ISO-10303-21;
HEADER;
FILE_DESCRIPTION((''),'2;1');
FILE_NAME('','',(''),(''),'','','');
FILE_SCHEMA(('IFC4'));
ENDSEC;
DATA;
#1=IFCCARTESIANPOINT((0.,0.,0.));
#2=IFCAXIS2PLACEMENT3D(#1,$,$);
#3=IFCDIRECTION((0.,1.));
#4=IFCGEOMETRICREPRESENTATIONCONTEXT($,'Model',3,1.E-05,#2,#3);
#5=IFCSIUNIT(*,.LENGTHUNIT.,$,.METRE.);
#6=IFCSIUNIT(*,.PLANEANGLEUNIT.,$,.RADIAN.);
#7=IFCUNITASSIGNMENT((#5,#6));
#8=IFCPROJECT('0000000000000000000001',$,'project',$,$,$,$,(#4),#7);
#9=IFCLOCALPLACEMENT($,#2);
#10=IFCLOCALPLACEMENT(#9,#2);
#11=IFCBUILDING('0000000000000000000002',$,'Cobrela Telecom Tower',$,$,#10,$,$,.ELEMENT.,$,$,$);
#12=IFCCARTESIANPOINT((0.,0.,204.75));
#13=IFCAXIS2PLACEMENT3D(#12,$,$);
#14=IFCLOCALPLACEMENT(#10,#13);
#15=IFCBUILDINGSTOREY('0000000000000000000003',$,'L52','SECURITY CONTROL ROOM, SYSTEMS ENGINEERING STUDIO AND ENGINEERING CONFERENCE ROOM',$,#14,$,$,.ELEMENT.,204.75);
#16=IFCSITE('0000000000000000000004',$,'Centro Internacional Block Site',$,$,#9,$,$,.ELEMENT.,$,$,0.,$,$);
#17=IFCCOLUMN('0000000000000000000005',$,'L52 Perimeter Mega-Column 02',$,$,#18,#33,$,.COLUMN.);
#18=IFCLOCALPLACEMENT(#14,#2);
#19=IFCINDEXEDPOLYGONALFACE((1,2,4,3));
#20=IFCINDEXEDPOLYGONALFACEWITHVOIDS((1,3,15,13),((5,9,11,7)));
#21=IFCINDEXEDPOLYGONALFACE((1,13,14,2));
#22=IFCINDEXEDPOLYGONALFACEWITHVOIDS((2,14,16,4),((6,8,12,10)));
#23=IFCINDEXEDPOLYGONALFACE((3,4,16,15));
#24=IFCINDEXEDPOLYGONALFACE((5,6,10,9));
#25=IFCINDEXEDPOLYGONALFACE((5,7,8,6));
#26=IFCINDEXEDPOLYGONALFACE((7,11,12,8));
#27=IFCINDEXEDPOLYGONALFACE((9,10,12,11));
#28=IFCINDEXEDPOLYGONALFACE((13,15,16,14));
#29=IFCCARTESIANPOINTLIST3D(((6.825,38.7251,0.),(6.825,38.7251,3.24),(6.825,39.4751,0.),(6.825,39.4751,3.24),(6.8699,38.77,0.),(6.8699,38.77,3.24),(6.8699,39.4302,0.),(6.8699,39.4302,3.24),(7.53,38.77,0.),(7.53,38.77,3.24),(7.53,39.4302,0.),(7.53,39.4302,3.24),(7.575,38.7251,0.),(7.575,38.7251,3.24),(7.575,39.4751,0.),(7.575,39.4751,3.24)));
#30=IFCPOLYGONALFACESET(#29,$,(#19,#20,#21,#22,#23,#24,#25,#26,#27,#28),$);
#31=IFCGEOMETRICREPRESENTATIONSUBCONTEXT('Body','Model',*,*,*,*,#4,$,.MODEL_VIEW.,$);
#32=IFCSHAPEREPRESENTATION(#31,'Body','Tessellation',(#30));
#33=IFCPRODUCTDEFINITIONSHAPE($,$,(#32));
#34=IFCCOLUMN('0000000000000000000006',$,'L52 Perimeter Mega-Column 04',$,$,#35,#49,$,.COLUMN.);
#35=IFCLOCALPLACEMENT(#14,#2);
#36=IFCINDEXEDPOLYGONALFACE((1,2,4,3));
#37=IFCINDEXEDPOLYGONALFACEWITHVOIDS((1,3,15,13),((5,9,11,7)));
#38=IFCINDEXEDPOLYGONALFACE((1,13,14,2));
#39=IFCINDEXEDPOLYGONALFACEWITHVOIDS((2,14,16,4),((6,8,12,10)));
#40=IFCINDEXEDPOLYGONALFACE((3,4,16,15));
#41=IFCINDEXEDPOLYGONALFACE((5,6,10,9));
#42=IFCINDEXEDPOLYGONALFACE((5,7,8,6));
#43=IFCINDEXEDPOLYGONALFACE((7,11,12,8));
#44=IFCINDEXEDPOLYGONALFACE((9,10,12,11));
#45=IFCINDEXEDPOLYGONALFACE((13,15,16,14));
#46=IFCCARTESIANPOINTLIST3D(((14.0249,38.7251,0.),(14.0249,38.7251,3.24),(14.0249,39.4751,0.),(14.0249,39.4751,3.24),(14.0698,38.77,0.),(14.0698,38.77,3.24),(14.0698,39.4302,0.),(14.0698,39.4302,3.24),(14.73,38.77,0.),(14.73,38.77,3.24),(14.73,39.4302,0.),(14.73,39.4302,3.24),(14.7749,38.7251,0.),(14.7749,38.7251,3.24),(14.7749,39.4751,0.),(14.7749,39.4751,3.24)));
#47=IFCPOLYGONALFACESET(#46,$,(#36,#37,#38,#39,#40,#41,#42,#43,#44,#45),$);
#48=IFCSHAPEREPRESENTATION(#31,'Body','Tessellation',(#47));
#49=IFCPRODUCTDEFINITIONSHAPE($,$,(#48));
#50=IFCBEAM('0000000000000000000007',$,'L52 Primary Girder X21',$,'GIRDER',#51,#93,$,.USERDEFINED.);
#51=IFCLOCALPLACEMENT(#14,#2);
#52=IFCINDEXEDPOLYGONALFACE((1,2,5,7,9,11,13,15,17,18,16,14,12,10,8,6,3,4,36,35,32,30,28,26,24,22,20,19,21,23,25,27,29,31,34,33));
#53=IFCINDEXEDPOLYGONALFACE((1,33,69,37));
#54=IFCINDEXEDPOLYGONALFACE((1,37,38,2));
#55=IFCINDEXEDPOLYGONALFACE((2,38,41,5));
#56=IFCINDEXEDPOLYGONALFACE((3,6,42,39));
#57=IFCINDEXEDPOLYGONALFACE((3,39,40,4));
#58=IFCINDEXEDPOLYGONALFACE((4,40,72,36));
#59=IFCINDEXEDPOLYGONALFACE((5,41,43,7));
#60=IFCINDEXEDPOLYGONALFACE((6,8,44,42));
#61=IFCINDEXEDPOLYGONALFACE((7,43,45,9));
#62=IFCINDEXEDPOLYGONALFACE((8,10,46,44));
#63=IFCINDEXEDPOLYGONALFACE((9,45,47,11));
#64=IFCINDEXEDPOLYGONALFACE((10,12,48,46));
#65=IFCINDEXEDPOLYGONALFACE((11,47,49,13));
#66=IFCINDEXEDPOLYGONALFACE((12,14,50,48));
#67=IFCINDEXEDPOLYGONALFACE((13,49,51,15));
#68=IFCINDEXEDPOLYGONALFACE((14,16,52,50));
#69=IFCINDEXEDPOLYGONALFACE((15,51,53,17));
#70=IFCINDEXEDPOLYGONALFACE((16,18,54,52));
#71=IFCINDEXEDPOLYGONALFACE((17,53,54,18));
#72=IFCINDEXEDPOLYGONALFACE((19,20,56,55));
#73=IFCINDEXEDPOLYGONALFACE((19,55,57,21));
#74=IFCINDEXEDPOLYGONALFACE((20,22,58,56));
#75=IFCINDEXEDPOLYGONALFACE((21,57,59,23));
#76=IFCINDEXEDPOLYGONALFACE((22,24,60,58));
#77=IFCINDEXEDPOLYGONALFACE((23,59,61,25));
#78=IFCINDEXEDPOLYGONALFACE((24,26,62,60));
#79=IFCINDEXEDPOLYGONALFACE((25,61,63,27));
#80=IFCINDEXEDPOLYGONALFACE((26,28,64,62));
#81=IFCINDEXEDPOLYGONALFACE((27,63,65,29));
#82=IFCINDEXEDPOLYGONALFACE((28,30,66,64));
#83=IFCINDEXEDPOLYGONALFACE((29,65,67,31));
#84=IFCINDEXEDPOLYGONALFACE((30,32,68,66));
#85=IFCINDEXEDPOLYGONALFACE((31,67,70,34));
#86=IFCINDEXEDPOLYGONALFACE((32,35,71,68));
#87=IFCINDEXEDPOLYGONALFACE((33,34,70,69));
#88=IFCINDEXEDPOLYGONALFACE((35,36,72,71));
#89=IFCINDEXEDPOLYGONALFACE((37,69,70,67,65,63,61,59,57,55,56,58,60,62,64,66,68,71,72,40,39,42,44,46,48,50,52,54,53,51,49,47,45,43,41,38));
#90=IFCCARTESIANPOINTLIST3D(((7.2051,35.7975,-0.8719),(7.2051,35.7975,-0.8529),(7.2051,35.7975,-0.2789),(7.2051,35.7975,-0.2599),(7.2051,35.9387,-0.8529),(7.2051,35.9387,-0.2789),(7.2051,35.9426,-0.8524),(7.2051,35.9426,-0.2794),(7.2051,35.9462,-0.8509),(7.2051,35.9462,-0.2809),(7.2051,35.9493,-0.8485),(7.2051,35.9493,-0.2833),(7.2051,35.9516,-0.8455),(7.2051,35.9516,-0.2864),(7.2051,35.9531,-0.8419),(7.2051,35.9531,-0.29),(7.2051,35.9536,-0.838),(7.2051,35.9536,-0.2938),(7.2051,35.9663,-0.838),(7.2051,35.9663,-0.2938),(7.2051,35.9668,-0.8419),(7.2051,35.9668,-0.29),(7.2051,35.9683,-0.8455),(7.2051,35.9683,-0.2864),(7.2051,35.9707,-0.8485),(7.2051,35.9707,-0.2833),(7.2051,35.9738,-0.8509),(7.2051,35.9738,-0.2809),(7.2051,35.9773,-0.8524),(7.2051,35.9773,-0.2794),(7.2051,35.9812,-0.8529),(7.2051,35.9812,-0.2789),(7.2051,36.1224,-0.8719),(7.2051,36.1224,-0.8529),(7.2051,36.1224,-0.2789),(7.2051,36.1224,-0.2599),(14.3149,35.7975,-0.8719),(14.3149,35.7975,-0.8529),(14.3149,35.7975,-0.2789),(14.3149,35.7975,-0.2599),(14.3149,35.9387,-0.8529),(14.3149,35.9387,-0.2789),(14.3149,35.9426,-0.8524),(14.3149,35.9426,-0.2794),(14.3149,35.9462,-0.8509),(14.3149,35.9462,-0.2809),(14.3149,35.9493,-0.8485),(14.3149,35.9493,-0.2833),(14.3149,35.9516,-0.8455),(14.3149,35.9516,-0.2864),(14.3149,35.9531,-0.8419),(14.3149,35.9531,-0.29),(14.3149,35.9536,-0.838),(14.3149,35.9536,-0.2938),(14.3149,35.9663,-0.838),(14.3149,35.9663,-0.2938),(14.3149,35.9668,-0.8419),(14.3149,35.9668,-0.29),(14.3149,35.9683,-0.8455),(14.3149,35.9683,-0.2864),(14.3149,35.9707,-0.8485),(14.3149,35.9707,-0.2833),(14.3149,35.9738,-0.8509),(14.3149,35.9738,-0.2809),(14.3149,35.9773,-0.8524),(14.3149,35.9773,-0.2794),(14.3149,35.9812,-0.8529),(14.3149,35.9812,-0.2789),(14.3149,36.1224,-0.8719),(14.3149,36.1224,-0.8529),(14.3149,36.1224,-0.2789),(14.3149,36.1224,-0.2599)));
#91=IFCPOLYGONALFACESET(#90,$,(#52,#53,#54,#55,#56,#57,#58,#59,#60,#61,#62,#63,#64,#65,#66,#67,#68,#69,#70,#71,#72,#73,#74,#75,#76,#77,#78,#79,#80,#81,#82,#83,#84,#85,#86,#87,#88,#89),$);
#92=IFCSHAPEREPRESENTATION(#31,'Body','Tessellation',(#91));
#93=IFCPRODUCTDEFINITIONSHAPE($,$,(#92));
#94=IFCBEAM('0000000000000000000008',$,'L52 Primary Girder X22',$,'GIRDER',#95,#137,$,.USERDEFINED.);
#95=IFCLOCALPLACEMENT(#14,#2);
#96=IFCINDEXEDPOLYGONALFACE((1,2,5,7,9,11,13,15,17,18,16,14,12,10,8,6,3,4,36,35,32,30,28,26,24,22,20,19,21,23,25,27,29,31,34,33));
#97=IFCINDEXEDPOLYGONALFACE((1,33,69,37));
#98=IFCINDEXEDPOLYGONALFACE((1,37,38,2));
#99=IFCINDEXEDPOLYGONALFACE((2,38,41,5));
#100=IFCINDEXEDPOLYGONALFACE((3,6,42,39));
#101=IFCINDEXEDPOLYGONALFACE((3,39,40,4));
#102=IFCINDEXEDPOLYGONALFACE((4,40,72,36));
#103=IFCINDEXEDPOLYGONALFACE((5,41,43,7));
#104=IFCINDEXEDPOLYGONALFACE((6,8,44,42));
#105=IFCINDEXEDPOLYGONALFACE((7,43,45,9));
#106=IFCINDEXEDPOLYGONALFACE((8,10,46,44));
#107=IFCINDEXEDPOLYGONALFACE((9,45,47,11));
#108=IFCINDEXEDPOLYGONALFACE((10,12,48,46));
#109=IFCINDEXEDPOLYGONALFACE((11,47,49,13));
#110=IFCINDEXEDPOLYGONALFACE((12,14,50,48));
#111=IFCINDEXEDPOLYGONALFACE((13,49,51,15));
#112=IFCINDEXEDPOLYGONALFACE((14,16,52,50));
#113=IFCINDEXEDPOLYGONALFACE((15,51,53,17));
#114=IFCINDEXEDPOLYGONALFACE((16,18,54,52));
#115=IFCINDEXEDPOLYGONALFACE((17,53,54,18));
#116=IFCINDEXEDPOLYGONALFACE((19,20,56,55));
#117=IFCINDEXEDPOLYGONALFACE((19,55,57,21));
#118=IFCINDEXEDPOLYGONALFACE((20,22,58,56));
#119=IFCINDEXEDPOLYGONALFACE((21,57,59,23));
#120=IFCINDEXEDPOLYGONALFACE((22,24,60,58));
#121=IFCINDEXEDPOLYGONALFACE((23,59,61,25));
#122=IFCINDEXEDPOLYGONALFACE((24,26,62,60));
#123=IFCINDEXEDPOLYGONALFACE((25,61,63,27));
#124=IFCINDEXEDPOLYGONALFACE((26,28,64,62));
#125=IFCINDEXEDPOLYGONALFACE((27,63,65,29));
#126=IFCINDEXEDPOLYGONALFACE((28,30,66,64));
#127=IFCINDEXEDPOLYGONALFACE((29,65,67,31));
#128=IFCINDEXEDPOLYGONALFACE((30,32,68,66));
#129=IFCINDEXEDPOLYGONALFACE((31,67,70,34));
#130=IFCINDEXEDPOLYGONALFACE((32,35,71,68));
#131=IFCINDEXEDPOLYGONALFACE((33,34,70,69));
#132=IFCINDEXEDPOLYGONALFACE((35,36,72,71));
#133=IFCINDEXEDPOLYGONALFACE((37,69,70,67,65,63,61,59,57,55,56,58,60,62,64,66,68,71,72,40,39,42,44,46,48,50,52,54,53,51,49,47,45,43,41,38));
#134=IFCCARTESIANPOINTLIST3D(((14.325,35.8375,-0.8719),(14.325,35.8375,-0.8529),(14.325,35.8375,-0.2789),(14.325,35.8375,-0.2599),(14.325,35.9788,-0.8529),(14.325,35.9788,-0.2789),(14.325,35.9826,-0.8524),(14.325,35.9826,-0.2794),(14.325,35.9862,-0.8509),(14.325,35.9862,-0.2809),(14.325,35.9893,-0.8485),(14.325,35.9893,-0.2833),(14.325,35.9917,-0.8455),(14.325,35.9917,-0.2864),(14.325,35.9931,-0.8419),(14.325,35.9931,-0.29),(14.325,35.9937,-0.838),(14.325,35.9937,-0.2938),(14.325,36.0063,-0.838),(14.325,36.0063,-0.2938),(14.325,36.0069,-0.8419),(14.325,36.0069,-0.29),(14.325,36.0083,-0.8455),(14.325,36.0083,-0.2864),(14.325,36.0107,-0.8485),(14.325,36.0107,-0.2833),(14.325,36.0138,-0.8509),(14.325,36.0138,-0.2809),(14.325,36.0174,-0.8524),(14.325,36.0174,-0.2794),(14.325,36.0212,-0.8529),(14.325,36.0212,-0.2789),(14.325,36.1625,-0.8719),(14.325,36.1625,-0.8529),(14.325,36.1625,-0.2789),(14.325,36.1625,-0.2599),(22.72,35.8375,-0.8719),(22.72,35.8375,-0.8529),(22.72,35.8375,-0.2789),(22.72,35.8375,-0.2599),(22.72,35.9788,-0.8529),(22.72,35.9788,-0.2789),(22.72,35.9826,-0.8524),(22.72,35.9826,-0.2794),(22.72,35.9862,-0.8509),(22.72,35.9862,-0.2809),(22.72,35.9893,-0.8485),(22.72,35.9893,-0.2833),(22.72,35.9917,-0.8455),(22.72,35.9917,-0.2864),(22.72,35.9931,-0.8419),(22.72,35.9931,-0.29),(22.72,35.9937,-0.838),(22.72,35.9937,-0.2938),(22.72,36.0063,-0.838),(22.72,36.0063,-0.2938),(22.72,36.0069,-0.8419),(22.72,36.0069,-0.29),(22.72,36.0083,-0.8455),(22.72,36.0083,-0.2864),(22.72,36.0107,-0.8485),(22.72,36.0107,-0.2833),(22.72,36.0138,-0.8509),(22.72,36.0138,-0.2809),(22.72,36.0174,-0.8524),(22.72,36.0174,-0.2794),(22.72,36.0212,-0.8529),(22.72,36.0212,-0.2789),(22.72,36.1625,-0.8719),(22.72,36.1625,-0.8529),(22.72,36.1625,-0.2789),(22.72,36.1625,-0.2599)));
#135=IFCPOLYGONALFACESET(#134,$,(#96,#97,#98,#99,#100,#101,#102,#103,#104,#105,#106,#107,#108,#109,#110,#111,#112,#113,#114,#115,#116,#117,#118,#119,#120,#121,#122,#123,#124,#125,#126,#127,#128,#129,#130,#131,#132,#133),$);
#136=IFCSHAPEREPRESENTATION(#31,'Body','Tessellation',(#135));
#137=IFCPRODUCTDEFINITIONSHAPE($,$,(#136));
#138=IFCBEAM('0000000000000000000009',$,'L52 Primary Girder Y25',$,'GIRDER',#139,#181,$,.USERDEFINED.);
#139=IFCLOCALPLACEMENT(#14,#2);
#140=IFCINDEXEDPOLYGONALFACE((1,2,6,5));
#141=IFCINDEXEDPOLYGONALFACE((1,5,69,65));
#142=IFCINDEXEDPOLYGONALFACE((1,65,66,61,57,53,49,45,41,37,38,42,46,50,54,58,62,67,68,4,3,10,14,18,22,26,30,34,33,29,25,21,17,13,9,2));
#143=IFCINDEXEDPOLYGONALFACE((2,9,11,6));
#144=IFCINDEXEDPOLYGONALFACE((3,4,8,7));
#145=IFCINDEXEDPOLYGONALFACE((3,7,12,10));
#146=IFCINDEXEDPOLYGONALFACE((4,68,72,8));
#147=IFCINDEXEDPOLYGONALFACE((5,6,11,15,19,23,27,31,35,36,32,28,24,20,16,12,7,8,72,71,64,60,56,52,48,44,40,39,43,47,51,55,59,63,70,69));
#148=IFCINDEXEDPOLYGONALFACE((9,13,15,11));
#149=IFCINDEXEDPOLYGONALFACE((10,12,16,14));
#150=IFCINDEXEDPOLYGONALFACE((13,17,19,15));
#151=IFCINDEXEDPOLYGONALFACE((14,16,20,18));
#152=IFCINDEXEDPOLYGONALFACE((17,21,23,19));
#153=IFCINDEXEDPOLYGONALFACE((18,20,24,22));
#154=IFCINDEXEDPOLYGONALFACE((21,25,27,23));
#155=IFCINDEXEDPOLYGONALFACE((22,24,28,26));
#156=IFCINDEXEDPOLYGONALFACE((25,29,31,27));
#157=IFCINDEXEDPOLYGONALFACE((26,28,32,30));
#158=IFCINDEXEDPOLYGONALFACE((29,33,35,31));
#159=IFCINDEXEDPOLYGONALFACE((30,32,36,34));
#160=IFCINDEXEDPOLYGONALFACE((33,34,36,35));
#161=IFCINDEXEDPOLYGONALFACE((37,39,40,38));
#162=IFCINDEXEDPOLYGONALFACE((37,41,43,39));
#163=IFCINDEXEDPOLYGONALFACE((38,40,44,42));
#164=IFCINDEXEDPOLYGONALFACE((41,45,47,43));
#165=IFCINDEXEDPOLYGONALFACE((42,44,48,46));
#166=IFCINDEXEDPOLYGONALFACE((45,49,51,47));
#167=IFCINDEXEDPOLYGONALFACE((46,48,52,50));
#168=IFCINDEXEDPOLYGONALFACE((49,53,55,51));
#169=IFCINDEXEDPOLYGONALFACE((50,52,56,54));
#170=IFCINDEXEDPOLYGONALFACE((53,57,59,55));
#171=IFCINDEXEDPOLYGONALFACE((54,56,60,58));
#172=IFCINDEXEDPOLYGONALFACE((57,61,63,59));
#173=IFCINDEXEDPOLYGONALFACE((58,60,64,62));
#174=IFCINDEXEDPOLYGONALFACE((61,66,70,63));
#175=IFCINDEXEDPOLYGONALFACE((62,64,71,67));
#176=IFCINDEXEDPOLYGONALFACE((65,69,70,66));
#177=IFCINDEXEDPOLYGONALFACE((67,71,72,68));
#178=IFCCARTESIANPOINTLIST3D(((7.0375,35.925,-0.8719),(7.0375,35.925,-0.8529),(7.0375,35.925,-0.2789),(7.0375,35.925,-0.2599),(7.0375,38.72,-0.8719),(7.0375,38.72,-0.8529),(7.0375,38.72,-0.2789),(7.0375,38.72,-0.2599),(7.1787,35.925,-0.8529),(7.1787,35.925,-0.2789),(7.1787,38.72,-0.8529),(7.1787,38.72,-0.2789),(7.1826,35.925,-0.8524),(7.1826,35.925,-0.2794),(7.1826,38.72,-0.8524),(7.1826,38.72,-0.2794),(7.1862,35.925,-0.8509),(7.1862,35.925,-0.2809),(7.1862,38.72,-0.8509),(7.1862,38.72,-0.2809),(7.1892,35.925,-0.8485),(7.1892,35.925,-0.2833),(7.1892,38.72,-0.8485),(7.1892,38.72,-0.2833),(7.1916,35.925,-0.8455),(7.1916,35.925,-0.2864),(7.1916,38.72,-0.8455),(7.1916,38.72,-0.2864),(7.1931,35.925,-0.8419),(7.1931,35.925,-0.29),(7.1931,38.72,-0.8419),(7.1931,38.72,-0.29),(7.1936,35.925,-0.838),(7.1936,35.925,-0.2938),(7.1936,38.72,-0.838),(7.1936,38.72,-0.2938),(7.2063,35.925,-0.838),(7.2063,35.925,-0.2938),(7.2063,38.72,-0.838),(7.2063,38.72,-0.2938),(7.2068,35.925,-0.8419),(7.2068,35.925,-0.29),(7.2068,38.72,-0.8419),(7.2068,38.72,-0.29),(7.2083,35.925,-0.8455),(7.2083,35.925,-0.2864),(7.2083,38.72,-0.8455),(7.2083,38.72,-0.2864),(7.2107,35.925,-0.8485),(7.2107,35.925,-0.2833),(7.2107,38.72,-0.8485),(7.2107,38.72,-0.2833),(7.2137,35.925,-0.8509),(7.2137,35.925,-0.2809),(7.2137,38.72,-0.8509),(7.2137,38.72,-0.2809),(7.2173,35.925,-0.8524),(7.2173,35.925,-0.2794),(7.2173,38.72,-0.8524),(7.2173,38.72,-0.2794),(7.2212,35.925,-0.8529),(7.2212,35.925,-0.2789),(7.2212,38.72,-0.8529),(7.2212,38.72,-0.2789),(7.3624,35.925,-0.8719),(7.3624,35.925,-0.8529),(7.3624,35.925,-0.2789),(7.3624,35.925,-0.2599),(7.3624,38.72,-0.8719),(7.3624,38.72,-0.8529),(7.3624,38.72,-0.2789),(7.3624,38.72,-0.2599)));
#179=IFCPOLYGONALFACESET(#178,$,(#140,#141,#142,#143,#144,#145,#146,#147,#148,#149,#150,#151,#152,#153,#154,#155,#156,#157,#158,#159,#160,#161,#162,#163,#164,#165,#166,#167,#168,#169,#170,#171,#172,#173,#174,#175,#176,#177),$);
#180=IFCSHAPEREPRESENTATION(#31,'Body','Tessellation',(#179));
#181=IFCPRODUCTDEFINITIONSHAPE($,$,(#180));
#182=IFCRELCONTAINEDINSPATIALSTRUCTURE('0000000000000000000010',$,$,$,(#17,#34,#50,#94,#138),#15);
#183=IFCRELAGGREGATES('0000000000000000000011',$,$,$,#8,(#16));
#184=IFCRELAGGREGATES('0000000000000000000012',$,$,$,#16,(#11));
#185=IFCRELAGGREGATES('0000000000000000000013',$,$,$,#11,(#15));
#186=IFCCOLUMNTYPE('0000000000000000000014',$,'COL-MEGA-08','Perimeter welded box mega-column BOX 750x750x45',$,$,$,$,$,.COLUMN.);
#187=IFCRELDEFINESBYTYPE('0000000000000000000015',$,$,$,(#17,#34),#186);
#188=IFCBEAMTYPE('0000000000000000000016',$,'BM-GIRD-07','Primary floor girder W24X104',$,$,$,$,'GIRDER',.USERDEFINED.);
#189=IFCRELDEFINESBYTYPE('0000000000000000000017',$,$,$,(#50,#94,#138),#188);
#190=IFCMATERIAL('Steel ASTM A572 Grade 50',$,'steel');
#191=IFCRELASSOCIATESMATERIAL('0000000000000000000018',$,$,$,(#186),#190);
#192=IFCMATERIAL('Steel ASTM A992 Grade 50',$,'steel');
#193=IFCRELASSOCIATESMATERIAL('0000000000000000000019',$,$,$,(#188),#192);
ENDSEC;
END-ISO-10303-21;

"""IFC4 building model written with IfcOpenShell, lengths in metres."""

from ifc_helpers import new_model, si_unit, direction, frame, origin, origin_2d, place, context, subcontext, project, spatial, hollow_rectangle, i_section, extrude, material, material_profile, profile_set, type_object, element, save


model = new_model("IFC4")

# Units and contexts
model_context = context("Model", 3, precision=1e-05, world=origin(), true_north=direction((0.0, 1.0)))
body_context = subcontext(model_context, "Body", "Model", "MODEL_VIEW")
ifc_project = project(units=[si_unit("LENGTHUNIT", "METRE"), si_unit("PLANEANGLEUNIT", "RADIAN")], contexts=[model_context])

# Site, building, storey
site_placement = place(None, origin())
site = spatial("IfcSite", under=ifc_project, at=site_placement, Name="Centro Internacional Block Site", CompositionType="ELEMENT", RefElevation=0.0)
building_placement = place(site_placement, origin())
building = spatial("IfcBuilding", under=site, at=building_placement, Name="Cobrela Telecom Tower", CompositionType="ELEMENT")
storey_placement = place(building_placement, frame((0.0, 0.0, 204.75)))
storey = spatial("IfcBuildingStorey", under=building, at=storey_placement, Name="L52", Description="SECURITY CONTROL ROOM, SYSTEMS ENGINEERING STUDIO AND ENGINEERING CONFERENCE ROOM", CompositionType="ELEMENT", Elevation=204.75)

# Columns
ifc_material_1 = material(Name="Steel ASTM A572 Grade 50", Category="steel")
ifc_material_profile_1 = material_profile(ifc_material_1, hollow_rectangle(XDim=0.75, YDim=0.75, WallThickness=0.0449, at=origin_2d()), Name="BOX 750x750x45")
ifc_profile_set_1 = profile_set([ifc_material_profile_1], Name="Steel ASTM A572 Grade 50")
column_type = type_object("IfcColumnType", Name="COL-MEGA-08", Description="Perimeter welded box mega-column BOX 750x750x45", PredefinedType="COLUMN", material=ifc_profile_set_1)
for number, where, z_axis, x_axis, name in (
    (1, (7.2, 39.1001, 0.0), (0.0, 0.0, 1.0), (1.0, 0.0, 0.0), "L52 Perimeter Mega-Column 02"),
    (2, (14.3999, 39.1001, 0.0), (0.0, 0.0, 1.0), (1.0, 0.0, 0.0), "L52 Perimeter Mega-Column 04"),
):
    element("IfcColumn", number, at=place(storey_placement, frame(where, z_axis=z_axis, x_axis=x_axis)), inside=storey, type_object=column_type, Name=name, PredefinedType="COLUMN", context=body_context, shape_type="SweptSolid", body=[
        extrude(hollow_rectangle(XDim=0.75, YDim=0.75, WallThickness=0.0449, at=origin_2d()), origin(), (0.0, 0.0, 1.0), 3.24),
    ])

# Beams
ifc_material_2 = material(Name="Steel ASTM A992 Grade 50", Category="steel")
ifc_material_profile_2 = material_profile(ifc_material_2, i_section(OverallWidth=0.325, OverallDepth=0.6121, WebThickness=0.0127, FlangeThickness=0.019, FilletRadius=0.0149, at=origin_2d()), Name="W24X104")
ifc_profile_set_2 = profile_set([ifc_material_profile_2], Name="Steel ASTM A992 Grade 50")
beam_type_1 = type_object("IfcBeamType", Name="BM-GIRD-07", Description="Primary floor girder W24X104", ElementType="GIRDER", PredefinedType="USERDEFINED", material=ifc_profile_set_2)
beam_1_placement = place(storey_placement, frame((7.2051, 35.96, -0.5659), z_axis=(1.0, 0.0, 0.0), x_axis=(0.0, 1.0, 0.0)))
element("IfcBeam", 3, at=beam_1_placement, inside=storey, type_object=beam_type_1, Name="L52 Primary Girder X21", ObjectType="GIRDER", PredefinedType="USERDEFINED", context=body_context, shape_type="SweptSolid", body=[
    extrude(i_section(OverallWidth=0.325, OverallDepth=0.6121, WebThickness=0.0127, FlangeThickness=0.019, FilletRadius=0.0149, at=origin_2d()), origin(), (0.0, 0.0, 1.0), 7.1099),
])
beam_2_placement = place(storey_placement, frame((14.325, 36.0, -0.5659), z_axis=(1.0, 0.0, 0.0), x_axis=(0.0, 1.0, 0.0)))
element("IfcBeam", 4, at=beam_2_placement, inside=storey, type_object=beam_type_1, Name="L52 Primary Girder X22", ObjectType="GIRDER", PredefinedType="USERDEFINED", context=body_context, shape_type="SweptSolid", body=[
    extrude(i_section(OverallWidth=0.325, OverallDepth=0.6121, WebThickness=0.0127, FlangeThickness=0.019, FilletRadius=0.0149, at=origin_2d()), origin(), (0.0, 0.0, 1.0), 8.395),
])
for number, where, z_axis, x_axis, name in (
    (5, (7.2, 35.925, -0.5659), (0.0, 1.0, 0.0), (-1.0, 0.0, 0.0), "L52 Primary Girder Y25"),
):
    element("IfcBeam", number, at=place(storey_placement, frame(where, z_axis=z_axis, x_axis=x_axis)), inside=storey, type_object=beam_type_1, Name=name, ObjectType="GIRDER", PredefinedType="USERDEFINED", context=body_context, shape_type="SweptSolid", body=[
        extrude(i_section(OverallWidth=0.325, OverallDepth=0.6121, WebThickness=0.0127, FlangeThickness=0.019, FilletRadius=0.0149, at=origin_2d()), origin(), (0.0, 0.0, 1.0), 2.7949),
    ])

save(model, "model.ifc")
